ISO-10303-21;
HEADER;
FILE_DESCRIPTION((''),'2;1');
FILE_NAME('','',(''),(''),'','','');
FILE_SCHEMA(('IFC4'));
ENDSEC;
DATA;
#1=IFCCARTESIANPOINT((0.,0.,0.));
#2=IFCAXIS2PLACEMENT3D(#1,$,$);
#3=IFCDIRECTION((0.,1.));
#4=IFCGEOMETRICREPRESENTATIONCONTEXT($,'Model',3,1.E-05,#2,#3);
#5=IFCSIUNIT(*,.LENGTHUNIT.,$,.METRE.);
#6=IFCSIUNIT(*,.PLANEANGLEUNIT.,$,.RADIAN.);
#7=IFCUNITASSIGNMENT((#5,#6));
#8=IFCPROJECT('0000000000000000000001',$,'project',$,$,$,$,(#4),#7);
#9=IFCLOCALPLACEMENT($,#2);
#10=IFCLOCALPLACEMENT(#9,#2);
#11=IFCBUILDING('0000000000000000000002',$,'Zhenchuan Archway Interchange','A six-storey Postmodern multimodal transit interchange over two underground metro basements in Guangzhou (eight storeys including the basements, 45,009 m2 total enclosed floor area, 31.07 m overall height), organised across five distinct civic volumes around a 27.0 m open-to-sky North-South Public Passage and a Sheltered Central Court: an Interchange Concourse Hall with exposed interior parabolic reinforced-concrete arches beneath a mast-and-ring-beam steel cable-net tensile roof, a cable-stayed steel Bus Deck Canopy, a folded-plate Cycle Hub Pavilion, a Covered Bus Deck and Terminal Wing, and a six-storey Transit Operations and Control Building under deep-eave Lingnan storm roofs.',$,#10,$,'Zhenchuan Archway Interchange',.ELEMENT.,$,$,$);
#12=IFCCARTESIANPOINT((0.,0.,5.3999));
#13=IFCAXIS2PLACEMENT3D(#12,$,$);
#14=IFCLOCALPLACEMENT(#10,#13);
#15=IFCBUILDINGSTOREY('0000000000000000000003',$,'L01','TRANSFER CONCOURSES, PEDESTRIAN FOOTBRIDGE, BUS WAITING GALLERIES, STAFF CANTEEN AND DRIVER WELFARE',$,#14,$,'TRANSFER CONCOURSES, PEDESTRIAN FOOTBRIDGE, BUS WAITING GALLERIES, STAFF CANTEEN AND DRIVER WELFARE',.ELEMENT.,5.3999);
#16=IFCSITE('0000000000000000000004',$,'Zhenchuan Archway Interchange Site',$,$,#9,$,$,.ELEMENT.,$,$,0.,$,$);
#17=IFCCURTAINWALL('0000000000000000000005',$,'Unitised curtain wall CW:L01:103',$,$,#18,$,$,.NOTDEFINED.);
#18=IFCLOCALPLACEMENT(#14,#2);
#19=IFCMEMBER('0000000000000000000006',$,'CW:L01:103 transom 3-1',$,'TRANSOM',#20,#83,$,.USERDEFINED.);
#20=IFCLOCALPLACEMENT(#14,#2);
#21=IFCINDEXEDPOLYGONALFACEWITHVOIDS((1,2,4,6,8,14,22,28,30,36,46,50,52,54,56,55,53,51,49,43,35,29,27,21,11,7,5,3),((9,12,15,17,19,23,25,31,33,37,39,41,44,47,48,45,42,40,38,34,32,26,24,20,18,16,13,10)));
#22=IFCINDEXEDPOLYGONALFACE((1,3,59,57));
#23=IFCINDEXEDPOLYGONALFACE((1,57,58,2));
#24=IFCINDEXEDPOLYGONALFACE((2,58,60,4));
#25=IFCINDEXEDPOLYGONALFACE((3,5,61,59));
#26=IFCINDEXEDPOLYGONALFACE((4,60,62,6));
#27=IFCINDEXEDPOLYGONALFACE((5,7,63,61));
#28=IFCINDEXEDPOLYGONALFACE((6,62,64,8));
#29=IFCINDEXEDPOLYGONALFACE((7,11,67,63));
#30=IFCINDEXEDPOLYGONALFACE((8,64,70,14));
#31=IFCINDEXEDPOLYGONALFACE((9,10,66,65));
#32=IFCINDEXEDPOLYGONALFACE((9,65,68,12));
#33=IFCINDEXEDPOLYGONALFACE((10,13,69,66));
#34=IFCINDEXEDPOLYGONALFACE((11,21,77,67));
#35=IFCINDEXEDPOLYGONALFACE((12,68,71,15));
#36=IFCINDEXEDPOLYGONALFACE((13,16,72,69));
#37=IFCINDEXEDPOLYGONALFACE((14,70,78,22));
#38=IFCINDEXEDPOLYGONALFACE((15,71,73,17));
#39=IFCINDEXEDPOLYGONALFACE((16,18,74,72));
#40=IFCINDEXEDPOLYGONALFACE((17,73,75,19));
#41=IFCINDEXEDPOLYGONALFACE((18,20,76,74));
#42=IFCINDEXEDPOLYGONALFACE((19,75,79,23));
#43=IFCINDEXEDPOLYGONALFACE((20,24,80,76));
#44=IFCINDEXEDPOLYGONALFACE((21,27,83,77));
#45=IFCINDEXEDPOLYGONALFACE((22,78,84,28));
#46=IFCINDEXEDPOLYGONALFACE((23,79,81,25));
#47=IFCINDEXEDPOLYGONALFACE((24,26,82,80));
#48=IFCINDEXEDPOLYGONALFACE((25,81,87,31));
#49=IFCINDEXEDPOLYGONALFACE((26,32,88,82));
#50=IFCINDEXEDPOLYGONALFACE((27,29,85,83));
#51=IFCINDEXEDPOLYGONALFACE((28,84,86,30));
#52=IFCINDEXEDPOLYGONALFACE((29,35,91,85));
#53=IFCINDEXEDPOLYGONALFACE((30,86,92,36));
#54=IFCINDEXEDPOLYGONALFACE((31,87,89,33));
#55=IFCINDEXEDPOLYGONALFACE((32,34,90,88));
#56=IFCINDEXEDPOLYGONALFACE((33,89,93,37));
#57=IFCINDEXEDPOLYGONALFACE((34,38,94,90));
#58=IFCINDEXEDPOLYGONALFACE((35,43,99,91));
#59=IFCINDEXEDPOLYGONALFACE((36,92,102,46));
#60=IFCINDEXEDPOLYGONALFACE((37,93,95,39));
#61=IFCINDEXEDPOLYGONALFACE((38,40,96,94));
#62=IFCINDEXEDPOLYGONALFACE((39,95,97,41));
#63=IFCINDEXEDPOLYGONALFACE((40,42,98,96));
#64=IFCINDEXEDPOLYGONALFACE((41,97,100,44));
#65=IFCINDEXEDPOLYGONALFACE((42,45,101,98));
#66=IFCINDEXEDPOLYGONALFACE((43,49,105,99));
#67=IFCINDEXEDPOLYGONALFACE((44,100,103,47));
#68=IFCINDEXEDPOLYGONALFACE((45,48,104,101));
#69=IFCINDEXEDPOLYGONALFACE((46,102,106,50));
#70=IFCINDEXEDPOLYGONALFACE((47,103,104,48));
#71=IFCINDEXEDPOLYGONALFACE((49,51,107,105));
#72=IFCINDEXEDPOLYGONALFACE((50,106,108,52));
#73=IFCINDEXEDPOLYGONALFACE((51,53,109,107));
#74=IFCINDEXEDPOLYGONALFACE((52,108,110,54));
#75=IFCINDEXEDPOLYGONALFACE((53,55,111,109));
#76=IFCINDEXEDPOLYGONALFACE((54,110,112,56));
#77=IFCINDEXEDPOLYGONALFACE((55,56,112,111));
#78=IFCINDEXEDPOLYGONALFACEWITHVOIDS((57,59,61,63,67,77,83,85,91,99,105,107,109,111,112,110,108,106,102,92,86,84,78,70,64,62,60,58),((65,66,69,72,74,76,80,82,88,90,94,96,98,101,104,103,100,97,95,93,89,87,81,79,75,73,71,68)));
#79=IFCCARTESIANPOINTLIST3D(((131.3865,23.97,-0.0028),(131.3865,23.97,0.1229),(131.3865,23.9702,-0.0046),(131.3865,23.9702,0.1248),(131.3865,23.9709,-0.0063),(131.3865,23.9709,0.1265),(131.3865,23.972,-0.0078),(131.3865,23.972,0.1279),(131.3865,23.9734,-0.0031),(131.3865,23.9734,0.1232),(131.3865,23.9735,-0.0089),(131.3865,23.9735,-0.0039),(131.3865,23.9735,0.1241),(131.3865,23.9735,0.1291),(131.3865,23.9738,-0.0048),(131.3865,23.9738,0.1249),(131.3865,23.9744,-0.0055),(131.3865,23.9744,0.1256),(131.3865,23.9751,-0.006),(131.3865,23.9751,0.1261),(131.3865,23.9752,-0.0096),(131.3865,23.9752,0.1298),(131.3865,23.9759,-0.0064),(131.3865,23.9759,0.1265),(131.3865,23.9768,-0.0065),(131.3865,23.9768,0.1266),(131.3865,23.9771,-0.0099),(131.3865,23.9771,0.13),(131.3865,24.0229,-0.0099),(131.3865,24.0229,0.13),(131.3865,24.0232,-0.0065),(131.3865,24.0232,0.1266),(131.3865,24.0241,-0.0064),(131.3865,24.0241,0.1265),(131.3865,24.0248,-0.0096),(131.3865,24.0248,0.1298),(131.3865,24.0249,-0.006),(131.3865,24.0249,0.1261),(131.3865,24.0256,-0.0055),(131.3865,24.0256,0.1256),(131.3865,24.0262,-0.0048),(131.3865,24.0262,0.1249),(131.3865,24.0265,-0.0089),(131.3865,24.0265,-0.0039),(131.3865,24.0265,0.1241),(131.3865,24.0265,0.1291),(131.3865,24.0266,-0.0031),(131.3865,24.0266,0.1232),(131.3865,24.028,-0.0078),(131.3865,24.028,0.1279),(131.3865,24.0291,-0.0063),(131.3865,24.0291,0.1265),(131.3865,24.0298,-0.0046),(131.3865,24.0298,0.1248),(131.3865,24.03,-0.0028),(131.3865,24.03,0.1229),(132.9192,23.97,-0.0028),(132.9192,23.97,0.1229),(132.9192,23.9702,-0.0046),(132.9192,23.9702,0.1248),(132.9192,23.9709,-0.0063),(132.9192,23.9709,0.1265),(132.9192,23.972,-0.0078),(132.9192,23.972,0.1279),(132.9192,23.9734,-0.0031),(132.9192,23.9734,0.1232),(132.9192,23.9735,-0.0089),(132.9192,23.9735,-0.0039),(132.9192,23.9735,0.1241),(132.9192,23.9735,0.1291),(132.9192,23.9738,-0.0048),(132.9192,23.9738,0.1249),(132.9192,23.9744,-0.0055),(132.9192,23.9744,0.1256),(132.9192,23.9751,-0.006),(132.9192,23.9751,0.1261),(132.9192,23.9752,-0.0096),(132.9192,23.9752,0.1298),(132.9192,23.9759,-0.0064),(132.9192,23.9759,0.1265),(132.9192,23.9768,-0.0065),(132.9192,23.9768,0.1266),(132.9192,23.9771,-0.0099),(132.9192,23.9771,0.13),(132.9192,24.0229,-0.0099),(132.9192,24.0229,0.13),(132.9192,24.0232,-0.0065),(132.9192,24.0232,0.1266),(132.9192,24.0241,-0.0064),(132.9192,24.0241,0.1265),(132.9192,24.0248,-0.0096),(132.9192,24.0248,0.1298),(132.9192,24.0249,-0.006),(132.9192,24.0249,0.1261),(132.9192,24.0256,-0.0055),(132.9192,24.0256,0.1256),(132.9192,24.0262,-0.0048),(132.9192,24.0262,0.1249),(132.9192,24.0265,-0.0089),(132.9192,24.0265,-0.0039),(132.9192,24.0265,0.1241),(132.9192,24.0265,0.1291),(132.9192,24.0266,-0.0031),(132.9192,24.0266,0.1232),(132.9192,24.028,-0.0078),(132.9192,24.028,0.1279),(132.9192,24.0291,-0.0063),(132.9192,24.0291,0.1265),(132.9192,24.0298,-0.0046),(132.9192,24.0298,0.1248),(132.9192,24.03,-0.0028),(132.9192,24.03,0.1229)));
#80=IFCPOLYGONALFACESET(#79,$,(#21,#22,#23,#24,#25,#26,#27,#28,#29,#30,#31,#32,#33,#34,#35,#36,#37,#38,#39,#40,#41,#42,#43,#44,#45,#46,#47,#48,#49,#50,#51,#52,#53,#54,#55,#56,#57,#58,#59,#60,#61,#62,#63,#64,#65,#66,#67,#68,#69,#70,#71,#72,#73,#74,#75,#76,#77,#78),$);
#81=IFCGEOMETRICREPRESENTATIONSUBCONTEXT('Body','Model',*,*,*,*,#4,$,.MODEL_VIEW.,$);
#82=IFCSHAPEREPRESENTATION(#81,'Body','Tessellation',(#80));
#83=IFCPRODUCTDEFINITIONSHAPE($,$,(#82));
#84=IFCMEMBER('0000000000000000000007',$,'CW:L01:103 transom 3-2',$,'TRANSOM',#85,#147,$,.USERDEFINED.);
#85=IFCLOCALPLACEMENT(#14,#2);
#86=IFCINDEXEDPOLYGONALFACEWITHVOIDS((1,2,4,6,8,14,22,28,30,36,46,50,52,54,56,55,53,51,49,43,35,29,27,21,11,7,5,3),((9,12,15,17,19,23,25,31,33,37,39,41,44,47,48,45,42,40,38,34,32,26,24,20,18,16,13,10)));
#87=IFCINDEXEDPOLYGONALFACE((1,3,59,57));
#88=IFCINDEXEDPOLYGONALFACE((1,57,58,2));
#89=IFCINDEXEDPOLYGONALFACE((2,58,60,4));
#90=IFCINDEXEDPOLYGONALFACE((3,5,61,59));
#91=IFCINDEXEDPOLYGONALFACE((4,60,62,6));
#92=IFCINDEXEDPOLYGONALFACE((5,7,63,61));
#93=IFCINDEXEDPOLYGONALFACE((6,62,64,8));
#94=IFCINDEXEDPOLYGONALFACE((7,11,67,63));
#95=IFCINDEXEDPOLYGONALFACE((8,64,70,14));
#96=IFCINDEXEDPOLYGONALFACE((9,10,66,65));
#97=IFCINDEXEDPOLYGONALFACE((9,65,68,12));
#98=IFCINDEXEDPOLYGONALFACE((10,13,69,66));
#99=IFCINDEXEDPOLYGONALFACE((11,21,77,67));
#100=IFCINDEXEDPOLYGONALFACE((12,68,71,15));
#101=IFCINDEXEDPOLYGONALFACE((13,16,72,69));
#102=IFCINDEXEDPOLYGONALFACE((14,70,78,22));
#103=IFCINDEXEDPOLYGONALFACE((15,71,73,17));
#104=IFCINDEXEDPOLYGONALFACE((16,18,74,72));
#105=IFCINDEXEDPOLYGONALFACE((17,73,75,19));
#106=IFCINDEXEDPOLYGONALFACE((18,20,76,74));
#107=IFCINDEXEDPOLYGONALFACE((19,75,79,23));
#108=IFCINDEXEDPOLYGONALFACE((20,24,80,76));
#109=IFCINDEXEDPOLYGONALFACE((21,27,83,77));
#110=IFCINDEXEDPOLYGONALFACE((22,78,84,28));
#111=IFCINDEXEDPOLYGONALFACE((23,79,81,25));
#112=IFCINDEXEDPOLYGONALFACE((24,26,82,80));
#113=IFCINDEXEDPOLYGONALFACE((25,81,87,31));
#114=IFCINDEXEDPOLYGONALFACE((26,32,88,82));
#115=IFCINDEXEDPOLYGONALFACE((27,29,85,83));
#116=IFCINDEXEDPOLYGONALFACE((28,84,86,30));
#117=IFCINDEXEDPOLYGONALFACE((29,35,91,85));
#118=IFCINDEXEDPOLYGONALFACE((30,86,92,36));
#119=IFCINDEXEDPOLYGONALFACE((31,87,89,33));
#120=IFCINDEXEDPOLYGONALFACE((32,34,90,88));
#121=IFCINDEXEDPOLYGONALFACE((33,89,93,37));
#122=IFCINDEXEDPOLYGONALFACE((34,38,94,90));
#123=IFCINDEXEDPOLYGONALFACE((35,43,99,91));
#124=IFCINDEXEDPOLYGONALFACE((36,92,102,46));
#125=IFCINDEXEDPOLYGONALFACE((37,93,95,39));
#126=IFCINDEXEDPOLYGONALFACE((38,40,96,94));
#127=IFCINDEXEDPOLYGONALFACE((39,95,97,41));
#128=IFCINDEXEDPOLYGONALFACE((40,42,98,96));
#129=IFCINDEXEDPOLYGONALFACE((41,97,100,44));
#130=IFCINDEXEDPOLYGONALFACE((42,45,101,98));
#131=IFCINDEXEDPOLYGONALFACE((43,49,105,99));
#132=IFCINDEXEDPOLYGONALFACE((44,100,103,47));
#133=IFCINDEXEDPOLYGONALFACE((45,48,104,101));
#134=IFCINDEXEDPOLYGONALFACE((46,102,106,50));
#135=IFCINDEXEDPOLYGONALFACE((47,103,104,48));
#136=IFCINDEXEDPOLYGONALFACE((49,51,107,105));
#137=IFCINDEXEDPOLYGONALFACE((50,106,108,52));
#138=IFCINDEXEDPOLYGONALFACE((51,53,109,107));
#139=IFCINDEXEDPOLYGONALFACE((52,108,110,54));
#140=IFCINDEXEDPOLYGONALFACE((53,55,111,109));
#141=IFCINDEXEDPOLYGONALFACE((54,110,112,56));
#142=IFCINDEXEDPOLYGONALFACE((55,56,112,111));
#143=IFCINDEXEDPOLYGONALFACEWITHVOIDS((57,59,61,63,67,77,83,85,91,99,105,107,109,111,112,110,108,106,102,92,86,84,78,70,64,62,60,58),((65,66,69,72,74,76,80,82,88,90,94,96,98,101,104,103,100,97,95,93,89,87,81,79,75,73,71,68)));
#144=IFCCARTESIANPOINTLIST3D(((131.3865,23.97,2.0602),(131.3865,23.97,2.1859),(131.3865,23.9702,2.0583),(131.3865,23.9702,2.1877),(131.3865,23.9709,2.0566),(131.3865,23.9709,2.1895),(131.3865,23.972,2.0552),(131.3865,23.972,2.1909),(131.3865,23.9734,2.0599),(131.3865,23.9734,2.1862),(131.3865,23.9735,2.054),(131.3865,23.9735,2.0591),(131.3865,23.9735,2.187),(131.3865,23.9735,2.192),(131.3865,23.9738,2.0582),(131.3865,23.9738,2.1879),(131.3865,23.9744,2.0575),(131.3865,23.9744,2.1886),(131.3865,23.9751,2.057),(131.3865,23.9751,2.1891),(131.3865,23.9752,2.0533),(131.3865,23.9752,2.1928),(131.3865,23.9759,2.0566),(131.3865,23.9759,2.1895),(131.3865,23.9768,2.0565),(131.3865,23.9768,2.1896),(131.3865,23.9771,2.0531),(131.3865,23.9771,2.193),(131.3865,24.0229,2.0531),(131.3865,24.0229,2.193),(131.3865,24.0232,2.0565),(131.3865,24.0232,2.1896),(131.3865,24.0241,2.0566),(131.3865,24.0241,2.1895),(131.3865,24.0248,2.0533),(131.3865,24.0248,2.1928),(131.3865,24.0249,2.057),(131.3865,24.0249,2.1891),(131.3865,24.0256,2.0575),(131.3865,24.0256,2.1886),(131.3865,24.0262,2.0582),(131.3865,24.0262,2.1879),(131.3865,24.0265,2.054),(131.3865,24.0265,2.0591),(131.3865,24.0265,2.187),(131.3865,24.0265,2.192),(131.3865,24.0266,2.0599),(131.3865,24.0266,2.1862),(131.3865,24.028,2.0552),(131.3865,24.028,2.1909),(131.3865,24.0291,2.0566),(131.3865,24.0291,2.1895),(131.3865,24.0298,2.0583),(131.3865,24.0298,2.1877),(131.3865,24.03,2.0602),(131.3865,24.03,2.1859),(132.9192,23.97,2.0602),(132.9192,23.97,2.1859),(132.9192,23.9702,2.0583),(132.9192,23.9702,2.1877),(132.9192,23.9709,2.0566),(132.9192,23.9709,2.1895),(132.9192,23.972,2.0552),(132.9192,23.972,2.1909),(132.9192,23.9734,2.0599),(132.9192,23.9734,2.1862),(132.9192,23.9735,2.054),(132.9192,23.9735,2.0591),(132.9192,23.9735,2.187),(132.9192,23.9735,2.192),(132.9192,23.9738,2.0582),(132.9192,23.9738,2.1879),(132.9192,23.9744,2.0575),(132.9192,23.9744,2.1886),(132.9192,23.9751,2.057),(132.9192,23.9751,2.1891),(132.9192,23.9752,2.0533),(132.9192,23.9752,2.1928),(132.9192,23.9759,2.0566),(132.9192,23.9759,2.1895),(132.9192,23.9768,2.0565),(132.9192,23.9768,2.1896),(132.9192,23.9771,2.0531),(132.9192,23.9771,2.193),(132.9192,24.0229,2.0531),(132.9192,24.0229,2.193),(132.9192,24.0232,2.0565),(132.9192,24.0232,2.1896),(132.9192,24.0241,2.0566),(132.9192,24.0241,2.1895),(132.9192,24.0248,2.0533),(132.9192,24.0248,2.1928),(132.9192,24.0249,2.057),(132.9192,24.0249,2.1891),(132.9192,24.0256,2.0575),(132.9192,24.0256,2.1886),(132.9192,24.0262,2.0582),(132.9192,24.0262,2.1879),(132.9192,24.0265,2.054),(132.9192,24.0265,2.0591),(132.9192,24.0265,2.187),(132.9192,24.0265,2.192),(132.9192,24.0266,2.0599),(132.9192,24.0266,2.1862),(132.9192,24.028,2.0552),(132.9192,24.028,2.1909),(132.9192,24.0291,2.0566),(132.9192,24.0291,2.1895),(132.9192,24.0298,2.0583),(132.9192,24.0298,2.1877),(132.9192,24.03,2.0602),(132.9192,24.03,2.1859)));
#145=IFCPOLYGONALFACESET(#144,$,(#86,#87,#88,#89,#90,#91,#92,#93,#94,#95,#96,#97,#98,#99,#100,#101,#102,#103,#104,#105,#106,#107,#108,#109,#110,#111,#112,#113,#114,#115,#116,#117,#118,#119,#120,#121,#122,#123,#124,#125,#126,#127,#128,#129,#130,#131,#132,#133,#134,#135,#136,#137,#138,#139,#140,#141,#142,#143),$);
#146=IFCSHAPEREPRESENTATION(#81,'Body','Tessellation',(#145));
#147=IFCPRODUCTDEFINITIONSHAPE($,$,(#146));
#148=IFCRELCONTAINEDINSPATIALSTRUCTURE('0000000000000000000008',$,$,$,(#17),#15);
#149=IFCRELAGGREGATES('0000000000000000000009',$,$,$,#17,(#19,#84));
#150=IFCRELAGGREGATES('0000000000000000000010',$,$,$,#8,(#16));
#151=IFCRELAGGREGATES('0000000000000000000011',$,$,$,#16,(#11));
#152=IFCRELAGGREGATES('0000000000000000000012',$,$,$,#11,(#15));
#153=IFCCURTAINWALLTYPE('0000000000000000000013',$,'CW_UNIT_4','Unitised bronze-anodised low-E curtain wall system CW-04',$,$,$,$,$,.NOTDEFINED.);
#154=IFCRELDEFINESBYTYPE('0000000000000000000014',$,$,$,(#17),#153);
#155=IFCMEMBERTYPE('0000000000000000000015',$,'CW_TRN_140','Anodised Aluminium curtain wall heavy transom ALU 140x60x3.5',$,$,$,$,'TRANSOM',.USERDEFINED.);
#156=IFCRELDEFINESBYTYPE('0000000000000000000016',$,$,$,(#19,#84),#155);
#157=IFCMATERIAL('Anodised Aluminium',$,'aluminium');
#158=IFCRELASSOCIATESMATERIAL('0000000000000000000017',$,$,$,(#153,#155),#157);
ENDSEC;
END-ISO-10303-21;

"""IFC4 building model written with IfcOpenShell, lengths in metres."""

from ifc_helpers import new_model, si_unit, direction, frame, origin, origin_2d, place, context, subcontext, project, spatial, hollow_rectangle, extrude, material, material_profile, profile_set, type_object, element, aggregate, save


model = new_model("IFC4")

# Units and contexts
model_context = context("Model", 3, precision=1e-05, world=origin(), true_north=direction((0.0, 1.0)))
body_context = subcontext(model_context, "Body", "Model", "MODEL_VIEW")
ifc_project = project(units=[si_unit("LENGTHUNIT", "METRE"), si_unit("PLANEANGLEUNIT", "RADIAN")], contexts=[model_context])

# Site, building, storey
site_placement = place(None, origin())
site = spatial("IfcSite", under=ifc_project, at=site_placement, Name="Zhenchuan Archway Interchange Site", CompositionType="ELEMENT", RefElevation=0.0)
building_placement = place(site_placement, origin())
building = spatial("IfcBuilding", under=site, at=building_placement, Name="Zhenchuan Archway Interchange", Description="A six-storey Postmodern multimodal transit interchange over two underground metro basements in Guangzhou (eight storeys including the basements, 45,009 m2 total enclosed floor area, 31.07 m overall height), organised across five distinct civic volumes around a 27.0 m open-to-sky North-South Public Passage and a Sheltered Central Court: an Interchange Concourse Hall with exposed interior parabolic reinforced-concrete arches beneath a mast-and-ring-beam steel cable-net tensile roof, a cable-stayed steel Bus Deck Canopy, a folded-plate Cycle Hub Pavilion, a Covered Bus Deck and Terminal Wing, and a six-storey Transit Operations and Control Building under deep-eave Lingnan storm roofs.", LongName="Zhenchuan Archway Interchange", CompositionType="ELEMENT")
storey_placement = place(building_placement, frame((0.0, 0.0, 5.3999)))
storey = spatial("IfcBuildingStorey", under=building, at=storey_placement, Name="L01", Description="TRANSFER CONCOURSES, PEDESTRIAN FOOTBRIDGE, BUS WAITING GALLERIES, STAFF CANTEEN AND DRIVER WELFARE", LongName="TRANSFER CONCOURSES, PEDESTRIAN FOOTBRIDGE, BUS WAITING GALLERIES, STAFF CANTEEN AND DRIVER WELFARE", CompositionType="ELEMENT", Elevation=5.3999)

# Curtain wall
ifc_material_1 = material(Name="Anodised Aluminium", Category="aluminium")
curtain_wall_type_1 = type_object("IfcCurtainWallType", Name="CW_UNIT_4", Description="Unitised bronze-anodised low-E curtain wall system CW-04", PredefinedType="NOTDEFINED", material=ifc_material_1)
curtain_wall_1_placement = place(storey_placement, origin())
curtain_wall_1 = element("IfcCurtainWall", 1, at=curtain_wall_1_placement, inside=storey, type_object=curtain_wall_type_1, Name="Unitised curtain wall CW:L01:103", PredefinedType="NOTDEFINED")

# Members
ifc_material_profile_1 = material_profile(ifc_material_1, hollow_rectangle(XDim=0.0601, YDim=0.1399, WallThickness=0.0034, InnerFilletRadius=0.0034, OuterFilletRadius=0.0071, at=origin_2d()), Name="ALU 140x60x3.5")
ifc_profile_set_1 = profile_set([ifc_material_profile_1], Name="Anodised Aluminium")
member_type_1 = type_object("IfcMemberType", Name="CW_TRN_140", Description="Anodised Aluminium curtain wall heavy transom ALU 140x60x3.5", ElementType="TRANSOM", PredefinedType="USERDEFINED", material=ifc_profile_set_1)
member_1_placement = place(storey_placement, frame((131.3865, 24.0, 0.0601), z_axis=(1.0, 0.0, 0.0), x_axis=(0.0, 1.0, 0.0)))
member_1 = element("IfcMember", 2, at=member_1_placement, type_object=member_type_1, Name="CW:L01:103 transom 3-1", ObjectType="TRANSOM", PredefinedType="USERDEFINED", context=body_context, shape_type="SweptSolid", body=[
    extrude(hollow_rectangle(XDim=0.0601, YDim=0.1399, WallThickness=0.0034, InnerFilletRadius=0.0034, OuterFilletRadius=0.0071, at=origin_2d()), origin(), (0.0, 0.0, 1.0), 1.5327),
])
member_2_placement = place(storey_placement, frame((131.3865, 24.0, 2.123), z_axis=(1.0, 0.0, 0.0), x_axis=(0.0, 1.0, 0.0)))
member_2 = element("IfcMember", 3, at=member_2_placement, type_object=member_type_1, Name="CW:L01:103 transom 3-2", ObjectType="TRANSOM", PredefinedType="USERDEFINED", context=body_context, shape_type="SweptSolid", body=[
    extrude(hollow_rectangle(XDim=0.0601, YDim=0.1399, WallThickness=0.0034, InnerFilletRadius=0.0034, OuterFilletRadius=0.0071, at=origin_2d()), origin(), (0.0, 0.0, 1.0), 1.5327),
])

aggregate(curtain_wall_1, [member_1, member_2])

save(model, "model.ifc")
